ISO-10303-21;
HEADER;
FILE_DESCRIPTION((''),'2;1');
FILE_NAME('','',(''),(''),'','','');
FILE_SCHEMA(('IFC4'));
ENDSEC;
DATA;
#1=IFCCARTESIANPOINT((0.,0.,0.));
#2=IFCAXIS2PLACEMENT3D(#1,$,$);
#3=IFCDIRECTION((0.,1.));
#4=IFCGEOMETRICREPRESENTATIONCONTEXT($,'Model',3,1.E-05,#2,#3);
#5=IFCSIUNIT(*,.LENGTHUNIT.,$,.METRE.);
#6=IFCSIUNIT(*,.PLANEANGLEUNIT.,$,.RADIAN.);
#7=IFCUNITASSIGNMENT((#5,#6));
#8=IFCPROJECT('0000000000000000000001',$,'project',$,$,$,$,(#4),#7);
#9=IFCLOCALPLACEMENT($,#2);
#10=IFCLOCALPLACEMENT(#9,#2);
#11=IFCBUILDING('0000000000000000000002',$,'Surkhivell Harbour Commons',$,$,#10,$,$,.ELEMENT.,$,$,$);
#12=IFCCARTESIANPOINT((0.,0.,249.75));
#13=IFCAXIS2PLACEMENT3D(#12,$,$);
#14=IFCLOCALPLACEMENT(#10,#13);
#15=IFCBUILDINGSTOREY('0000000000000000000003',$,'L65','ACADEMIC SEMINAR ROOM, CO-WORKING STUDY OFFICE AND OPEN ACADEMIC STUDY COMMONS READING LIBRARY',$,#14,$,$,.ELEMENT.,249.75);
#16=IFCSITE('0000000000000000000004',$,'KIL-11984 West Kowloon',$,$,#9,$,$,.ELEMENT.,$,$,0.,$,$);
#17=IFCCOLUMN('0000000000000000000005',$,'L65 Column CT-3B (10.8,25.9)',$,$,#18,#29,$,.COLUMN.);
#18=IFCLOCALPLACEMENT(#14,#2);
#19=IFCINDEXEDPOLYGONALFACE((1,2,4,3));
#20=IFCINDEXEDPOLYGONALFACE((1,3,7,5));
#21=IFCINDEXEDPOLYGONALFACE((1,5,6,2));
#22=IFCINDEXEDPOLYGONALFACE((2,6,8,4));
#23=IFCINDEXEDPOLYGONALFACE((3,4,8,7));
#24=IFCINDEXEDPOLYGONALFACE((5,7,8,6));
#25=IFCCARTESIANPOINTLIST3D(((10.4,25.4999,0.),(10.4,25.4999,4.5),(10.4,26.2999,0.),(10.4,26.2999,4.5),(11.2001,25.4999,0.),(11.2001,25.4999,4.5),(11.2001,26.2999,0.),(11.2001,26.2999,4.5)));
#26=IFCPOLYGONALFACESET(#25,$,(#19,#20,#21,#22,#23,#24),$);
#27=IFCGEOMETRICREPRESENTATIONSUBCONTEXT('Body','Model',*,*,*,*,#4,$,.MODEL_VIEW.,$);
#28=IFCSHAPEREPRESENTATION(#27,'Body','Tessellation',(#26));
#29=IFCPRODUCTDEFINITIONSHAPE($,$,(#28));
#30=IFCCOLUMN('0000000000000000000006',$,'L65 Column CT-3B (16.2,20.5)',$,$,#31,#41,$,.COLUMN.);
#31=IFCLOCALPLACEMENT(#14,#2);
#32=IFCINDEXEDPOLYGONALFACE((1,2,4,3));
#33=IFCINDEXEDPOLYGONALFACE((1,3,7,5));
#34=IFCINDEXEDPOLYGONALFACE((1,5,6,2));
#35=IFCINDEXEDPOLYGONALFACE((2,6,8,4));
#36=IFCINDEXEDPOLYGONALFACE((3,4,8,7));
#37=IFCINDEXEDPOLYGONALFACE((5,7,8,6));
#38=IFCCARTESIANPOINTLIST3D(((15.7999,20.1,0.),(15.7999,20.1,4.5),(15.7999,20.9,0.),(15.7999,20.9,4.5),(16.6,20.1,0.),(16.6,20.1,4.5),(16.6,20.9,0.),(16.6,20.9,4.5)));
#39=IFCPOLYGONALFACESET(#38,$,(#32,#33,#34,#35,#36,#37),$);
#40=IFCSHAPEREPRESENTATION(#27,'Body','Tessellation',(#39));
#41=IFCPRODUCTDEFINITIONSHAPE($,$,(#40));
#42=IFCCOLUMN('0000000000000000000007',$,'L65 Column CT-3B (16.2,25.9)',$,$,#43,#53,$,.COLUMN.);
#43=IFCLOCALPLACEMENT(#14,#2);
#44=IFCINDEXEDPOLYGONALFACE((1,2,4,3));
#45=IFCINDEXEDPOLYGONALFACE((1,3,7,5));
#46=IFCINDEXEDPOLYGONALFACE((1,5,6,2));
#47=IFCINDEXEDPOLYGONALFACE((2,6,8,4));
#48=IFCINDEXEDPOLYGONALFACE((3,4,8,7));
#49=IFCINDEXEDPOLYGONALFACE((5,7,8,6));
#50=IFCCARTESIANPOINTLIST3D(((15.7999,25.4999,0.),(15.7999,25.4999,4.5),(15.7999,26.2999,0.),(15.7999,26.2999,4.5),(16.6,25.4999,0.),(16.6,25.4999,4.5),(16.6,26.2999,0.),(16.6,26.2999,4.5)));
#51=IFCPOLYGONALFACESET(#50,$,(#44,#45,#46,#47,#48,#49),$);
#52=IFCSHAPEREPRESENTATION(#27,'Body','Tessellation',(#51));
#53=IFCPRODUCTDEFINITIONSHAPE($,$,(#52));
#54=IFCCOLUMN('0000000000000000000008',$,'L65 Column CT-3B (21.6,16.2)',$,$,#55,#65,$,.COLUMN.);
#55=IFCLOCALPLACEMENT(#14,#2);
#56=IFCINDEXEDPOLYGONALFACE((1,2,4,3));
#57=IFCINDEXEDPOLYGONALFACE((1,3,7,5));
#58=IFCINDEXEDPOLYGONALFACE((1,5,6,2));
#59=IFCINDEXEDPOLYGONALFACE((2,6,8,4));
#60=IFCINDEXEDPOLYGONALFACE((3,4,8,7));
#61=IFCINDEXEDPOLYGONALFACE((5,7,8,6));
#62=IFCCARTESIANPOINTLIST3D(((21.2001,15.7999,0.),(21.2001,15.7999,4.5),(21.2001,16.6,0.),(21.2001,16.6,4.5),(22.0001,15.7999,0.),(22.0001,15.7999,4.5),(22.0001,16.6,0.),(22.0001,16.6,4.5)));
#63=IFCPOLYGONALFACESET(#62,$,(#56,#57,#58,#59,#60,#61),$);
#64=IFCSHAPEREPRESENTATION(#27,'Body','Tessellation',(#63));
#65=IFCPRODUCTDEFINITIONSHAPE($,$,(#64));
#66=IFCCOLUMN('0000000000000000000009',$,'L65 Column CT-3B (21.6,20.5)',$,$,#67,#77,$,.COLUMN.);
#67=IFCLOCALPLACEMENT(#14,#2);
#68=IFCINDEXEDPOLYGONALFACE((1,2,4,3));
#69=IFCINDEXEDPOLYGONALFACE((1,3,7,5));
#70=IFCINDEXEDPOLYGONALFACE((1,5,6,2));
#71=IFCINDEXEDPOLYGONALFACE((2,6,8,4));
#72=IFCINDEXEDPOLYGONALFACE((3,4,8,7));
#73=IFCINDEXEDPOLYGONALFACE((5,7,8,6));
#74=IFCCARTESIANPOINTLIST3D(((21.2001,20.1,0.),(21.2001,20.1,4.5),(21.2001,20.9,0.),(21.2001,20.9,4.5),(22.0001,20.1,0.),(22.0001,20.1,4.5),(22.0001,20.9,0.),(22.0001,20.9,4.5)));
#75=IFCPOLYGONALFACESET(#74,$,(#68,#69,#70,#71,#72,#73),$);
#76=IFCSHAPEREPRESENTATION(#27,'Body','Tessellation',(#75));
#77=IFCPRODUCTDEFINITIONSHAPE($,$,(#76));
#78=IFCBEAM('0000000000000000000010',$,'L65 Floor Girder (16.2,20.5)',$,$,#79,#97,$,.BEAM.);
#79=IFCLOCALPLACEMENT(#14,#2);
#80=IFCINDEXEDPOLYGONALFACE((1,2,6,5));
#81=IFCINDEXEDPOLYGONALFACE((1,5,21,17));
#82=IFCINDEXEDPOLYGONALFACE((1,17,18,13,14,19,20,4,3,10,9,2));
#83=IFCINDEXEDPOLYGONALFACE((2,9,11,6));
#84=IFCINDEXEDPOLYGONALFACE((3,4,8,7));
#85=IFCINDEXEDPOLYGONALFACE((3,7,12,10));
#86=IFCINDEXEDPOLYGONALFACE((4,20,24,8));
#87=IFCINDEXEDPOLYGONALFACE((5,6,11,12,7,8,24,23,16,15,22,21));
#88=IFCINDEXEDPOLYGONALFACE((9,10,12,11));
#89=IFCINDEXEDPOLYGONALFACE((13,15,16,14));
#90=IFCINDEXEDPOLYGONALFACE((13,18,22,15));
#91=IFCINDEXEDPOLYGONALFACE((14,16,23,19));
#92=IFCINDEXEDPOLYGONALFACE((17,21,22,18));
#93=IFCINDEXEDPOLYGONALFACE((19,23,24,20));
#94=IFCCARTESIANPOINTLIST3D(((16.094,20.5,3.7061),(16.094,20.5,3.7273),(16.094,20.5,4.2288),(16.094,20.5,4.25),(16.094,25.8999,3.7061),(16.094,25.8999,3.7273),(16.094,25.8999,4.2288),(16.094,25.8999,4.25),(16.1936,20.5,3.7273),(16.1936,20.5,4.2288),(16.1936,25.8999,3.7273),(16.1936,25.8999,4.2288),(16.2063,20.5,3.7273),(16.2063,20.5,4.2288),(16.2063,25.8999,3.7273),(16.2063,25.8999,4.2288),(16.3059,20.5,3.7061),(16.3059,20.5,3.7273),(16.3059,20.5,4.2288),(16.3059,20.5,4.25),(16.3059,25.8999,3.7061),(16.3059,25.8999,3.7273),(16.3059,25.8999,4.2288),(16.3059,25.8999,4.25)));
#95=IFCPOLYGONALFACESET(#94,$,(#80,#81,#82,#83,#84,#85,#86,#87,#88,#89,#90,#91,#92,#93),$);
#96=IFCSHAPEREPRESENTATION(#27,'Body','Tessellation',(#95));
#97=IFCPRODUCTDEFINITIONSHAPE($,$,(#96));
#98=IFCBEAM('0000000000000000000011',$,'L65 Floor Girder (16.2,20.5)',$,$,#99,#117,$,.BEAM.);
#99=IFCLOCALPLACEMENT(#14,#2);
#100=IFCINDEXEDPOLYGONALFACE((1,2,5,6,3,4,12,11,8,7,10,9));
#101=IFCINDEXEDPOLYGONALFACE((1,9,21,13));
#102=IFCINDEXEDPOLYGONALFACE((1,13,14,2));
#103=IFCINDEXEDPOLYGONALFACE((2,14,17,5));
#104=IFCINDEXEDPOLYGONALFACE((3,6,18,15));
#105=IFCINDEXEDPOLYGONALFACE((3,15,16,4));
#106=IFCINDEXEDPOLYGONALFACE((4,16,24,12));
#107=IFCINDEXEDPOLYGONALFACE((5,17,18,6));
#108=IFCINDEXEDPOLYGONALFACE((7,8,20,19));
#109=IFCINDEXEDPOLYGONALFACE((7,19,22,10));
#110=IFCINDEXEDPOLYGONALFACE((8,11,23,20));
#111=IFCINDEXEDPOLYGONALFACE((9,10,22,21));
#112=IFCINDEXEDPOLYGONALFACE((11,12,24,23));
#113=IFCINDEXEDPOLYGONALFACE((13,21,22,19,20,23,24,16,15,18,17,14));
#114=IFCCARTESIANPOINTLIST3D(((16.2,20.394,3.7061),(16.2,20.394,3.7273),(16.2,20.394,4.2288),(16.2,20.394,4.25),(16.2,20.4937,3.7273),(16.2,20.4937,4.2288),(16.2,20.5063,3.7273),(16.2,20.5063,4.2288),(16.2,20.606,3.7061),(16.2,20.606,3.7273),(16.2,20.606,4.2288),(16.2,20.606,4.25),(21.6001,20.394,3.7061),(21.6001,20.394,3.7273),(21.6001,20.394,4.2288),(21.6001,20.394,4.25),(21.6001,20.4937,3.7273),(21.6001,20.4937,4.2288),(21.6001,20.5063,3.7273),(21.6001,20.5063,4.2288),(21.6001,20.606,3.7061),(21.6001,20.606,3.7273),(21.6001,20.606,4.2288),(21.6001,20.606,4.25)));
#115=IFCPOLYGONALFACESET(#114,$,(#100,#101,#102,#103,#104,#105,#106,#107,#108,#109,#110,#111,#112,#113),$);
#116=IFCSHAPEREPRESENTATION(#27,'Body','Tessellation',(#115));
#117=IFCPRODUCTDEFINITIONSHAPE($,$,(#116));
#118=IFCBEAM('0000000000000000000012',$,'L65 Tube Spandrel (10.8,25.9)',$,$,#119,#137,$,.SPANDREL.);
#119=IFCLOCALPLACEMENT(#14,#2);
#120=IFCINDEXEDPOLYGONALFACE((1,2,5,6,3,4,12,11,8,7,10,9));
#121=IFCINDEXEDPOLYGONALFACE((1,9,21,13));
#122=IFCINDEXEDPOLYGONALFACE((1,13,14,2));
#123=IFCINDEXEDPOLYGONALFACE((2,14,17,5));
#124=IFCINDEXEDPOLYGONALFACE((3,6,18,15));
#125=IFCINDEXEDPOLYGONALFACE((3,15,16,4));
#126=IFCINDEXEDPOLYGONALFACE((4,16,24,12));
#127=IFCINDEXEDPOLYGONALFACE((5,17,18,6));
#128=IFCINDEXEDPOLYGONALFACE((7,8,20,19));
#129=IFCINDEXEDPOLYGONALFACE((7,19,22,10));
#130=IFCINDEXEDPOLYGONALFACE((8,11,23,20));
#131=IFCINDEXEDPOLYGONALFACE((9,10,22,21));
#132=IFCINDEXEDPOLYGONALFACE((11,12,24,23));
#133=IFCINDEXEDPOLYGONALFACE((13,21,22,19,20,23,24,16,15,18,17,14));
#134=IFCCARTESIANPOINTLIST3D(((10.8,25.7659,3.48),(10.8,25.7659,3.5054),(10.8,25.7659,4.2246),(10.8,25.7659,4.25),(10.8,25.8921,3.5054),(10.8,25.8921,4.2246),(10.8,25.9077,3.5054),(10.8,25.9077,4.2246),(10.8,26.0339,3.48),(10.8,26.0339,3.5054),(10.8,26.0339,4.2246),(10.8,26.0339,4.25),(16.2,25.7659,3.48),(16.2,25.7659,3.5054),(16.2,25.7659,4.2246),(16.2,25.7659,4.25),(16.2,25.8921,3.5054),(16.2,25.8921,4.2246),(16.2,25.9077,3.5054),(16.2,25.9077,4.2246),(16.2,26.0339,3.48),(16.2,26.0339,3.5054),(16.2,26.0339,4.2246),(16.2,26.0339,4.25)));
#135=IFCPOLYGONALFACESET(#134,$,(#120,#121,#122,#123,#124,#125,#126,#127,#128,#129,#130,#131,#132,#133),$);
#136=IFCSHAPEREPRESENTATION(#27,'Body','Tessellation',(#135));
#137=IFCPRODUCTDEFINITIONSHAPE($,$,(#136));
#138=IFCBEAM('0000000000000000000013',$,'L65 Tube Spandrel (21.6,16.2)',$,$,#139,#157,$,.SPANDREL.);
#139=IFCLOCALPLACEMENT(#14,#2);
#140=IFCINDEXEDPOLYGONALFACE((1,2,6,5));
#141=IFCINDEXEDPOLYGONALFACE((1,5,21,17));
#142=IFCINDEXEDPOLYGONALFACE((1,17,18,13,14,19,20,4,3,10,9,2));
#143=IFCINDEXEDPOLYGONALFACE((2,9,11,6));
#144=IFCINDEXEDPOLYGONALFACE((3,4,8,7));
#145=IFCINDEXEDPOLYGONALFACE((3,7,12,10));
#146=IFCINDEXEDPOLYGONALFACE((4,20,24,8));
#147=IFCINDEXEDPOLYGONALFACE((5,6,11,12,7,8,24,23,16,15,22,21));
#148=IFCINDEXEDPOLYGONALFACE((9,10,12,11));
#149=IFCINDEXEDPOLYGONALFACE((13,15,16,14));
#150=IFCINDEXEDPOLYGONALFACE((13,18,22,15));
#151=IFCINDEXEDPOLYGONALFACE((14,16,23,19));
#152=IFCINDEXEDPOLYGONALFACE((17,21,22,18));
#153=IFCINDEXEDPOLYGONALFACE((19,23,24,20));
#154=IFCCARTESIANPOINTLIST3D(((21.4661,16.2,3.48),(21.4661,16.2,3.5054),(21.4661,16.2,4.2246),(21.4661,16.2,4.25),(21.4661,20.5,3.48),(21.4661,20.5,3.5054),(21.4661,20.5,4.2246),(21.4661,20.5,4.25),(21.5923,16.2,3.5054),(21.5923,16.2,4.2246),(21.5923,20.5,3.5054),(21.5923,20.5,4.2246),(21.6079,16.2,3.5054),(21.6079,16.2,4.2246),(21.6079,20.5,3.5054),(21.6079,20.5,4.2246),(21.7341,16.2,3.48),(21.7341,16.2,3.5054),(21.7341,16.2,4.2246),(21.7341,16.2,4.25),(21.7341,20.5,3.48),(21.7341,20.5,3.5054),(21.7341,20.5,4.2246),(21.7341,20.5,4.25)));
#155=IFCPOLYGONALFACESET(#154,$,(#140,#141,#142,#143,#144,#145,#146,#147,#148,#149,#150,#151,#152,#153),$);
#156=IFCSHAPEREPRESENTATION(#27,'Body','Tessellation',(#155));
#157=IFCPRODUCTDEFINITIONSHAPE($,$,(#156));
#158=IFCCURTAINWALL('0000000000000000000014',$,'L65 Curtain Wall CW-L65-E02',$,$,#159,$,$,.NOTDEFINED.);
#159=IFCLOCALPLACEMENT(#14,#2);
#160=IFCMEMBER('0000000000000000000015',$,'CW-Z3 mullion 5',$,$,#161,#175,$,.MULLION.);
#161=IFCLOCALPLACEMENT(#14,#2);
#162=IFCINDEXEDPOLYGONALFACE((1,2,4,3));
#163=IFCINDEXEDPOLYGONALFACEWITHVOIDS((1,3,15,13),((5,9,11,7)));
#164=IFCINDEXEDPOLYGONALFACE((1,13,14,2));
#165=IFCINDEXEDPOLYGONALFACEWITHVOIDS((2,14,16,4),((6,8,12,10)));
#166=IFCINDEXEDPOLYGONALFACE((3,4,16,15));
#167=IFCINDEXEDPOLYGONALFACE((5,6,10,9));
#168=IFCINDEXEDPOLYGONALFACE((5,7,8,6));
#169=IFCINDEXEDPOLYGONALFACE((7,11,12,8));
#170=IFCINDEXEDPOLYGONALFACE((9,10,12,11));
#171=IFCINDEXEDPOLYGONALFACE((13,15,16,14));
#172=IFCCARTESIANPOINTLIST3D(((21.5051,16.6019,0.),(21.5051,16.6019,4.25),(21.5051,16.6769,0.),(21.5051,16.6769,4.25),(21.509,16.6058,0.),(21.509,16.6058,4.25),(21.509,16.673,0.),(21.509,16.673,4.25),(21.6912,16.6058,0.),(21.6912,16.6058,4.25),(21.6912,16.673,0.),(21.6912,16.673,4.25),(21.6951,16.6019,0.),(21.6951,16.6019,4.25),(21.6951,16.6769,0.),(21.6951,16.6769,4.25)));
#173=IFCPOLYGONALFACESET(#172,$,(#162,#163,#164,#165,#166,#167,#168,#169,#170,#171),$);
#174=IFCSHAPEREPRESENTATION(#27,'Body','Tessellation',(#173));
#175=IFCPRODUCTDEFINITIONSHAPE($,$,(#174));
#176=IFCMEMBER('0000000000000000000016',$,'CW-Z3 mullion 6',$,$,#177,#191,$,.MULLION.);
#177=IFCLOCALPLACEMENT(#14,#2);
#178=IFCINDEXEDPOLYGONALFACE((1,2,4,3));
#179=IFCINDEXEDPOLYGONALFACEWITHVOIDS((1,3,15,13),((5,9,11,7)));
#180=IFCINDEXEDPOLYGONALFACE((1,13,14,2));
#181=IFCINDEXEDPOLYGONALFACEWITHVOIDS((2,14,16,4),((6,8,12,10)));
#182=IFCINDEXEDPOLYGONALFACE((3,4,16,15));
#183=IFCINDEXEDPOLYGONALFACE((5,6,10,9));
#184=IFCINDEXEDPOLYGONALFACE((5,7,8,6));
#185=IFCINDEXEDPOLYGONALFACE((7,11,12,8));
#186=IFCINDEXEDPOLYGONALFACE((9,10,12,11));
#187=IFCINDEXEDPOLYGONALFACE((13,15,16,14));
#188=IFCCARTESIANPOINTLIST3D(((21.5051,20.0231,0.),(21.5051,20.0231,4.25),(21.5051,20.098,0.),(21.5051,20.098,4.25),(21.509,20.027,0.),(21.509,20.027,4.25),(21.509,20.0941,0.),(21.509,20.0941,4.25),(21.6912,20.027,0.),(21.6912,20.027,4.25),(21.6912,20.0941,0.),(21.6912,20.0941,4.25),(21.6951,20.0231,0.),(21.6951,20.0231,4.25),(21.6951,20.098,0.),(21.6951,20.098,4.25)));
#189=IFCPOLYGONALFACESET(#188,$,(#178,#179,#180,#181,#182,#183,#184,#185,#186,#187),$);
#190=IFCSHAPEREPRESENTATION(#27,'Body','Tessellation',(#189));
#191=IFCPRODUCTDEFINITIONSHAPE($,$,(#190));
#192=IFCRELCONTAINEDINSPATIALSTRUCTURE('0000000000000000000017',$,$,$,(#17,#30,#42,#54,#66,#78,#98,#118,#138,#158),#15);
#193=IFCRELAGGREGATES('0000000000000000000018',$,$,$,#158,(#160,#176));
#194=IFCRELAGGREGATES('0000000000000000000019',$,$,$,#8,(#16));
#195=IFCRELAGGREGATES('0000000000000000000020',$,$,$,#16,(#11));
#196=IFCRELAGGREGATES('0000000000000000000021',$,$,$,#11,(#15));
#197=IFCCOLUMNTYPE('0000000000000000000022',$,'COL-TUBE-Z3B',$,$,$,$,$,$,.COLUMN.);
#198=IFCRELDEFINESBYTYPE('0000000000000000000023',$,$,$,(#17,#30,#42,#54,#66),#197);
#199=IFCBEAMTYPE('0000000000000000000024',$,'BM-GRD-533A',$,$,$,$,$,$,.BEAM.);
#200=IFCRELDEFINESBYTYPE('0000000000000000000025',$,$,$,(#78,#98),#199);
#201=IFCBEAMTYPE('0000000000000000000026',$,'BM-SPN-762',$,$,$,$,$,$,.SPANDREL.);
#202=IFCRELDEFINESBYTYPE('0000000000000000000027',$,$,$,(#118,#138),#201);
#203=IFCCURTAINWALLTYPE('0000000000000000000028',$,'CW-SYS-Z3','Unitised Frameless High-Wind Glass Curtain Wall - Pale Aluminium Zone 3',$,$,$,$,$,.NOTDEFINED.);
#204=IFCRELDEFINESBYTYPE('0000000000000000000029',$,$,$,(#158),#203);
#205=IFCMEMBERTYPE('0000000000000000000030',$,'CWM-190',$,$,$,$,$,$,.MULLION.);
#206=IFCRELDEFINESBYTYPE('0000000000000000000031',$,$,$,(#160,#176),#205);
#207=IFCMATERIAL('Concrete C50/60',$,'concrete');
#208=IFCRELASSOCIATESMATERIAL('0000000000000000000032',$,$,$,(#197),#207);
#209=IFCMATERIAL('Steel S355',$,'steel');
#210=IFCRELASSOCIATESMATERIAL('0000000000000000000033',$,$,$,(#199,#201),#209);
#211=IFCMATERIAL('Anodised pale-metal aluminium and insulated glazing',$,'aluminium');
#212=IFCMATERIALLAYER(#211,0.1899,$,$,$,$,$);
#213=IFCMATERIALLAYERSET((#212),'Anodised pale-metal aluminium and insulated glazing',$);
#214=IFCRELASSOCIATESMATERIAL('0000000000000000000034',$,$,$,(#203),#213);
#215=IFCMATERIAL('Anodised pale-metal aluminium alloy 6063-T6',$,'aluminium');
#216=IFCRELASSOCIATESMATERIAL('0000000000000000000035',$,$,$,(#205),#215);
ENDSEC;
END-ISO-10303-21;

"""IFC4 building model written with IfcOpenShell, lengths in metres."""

from ifc_helpers import new_model, si_unit, direction, frame, origin, origin_2d, place, context, subcontext, project, spatial, rectangle, hollow_rectangle, i_section, extrude, material, layer, layer_set, material_profile, profile_set, type_object, element, aggregate, save


model = new_model("IFC4")

# Units and contexts
model_context = context("Model", 3, precision=1e-05, world=origin(), true_north=direction((0.0, 1.0)))
body_context = subcontext(model_context, "Body", "Model", "MODEL_VIEW")
ifc_project = project(units=[si_unit("LENGTHUNIT", "METRE"), si_unit("PLANEANGLEUNIT", "RADIAN")], contexts=[model_context])

# Site, building, storey
site_placement = place(None, origin())
site = spatial("IfcSite", under=ifc_project, at=site_placement, Name="KIL-11984 West Kowloon", CompositionType="ELEMENT", RefElevation=0.0)
building_placement = place(site_placement, origin())
building = spatial("IfcBuilding", under=site, at=building_placement, Name="Surkhivell Harbour Commons", CompositionType="ELEMENT")
storey_placement = place(building_placement, frame((0.0, 0.0, 249.75)))
storey = spatial("IfcBuildingStorey", under=building, at=storey_placement, Name="L65", Description="ACADEMIC SEMINAR ROOM, CO-WORKING STUDY OFFICE AND OPEN ACADEMIC STUDY COMMONS READING LIBRARY", CompositionType="ELEMENT", Elevation=249.75)

# Columns
ifc_material_1 = material(Name="Concrete C50/60", Category="concrete")
ifc_material_profile_1 = material_profile(ifc_material_1, rectangle(XDim=0.8, YDim=0.8, at=origin_2d()), Name="RC-COL-800x800")
ifc_profile_set_1 = profile_set([ifc_material_profile_1], Name="Concrete C50/60")
column_type = type_object("IfcColumnType", Name="COL-TUBE-Z3B", PredefinedType="COLUMN", material=ifc_profile_set_1)
for number, where, z_axis, x_axis, name in (
    (1, (10.8, 25.8999, 0.0), (0.0, 0.0, 1.0), (1.0, 0.0, 0.0), "L65 Column CT-3B (10.8,25.9)"),
    (2, (16.2, 20.5, 0.0), (0.0, 0.0, 1.0), (1.0, 0.0, 0.0), "L65 Column CT-3B (16.2,20.5)"),
    (3, (16.2, 25.8999, 0.0), (0.0, 0.0, 1.0), (1.0, 0.0, 0.0), "L65 Column CT-3B (16.2,25.9)"),
    (4, (21.6001, 16.2, 0.0), (0.0, 0.0, 1.0), (1.0, 0.0, 0.0), "L65 Column CT-3B (21.6,16.2)"),
    (5, (21.6001, 20.5, 0.0), (0.0, 0.0, 1.0), (1.0, 0.0, 0.0), "L65 Column CT-3B (21.6,20.5)"),
):
    element("IfcColumn", number, at=place(storey_placement, frame(where, z_axis=z_axis, x_axis=x_axis)), inside=storey, type_object=column_type, Name=name, PredefinedType="COLUMN", context=body_context, shape_type="SweptSolid", body=[
        extrude(rectangle(XDim=0.8, YDim=0.8, at=origin_2d()), origin(), (0.0, 0.0, 1.0), 4.5),
    ])

# Beams
ifc_material_2 = material(Name="Steel S355", Category="steel")
ifc_material_profile_2 = material_profile(ifc_material_2, i_section(OverallWidth=0.2119, OverallDepth=0.5439, WebThickness=0.0127, FlangeThickness=0.0212, at=origin_2d()), Name="UB533x210x122")
ifc_profile_set_2 = profile_set([ifc_material_profile_2], Name="Steel S355")
beam_type_1 = type_object("IfcBeamType", Name="BM-GRD-533A", PredefinedType="BEAM", material=ifc_profile_set_2)
beam_1_placement = place(storey_placement, frame((16.2, 20.5, 3.978), z_axis=(0.0, 1.0, 0.0), x_axis=(-1.0, 0.0, 0.0)))
element("IfcBeam", 6, at=beam_1_placement, inside=storey, type_object=beam_type_1, Name="L65 Floor Girder (16.2,20.5)", PredefinedType="BEAM", context=body_context, shape_type="SweptSolid", body=[
    extrude(i_section(OverallWidth=0.2119, OverallDepth=0.5439, WebThickness=0.0127, FlangeThickness=0.0212, at=origin_2d()), origin(), (0.0, 0.0, 1.0), 5.3999),
])
beam_2_placement = place(storey_placement, frame((16.2, 20.5, 3.978), z_axis=(1.0, 0.0, 0.0), x_axis=(0.0, 1.0, 0.0)))
element("IfcBeam", 7, at=beam_2_placement, inside=storey, type_object=beam_type_1, Name="L65 Floor Girder (16.2,20.5)", PredefinedType="BEAM", context=body_context, shape_type="SweptSolid", body=[
    extrude(i_section(OverallWidth=0.2119, OverallDepth=0.5439, WebThickness=0.0127, FlangeThickness=0.0212, at=origin_2d()), origin(), (0.0, 0.0, 1.0), 5.4001),
])
ifc_material_profile_3 = material_profile(ifc_material_2, i_section(OverallWidth=0.2681, OverallDepth=0.77, WebThickness=0.0156, FlangeThickness=0.0254, at=origin_2d()), Name="UB762x267x197")
ifc_profile_set_3 = profile_set([ifc_material_profile_3], Name="Steel S355")
beam_type_2 = type_object("IfcBeamType", Name="BM-SPN-762", PredefinedType="SPANDREL", material=ifc_profile_set_3)
beam_3_placement = place(storey_placement, frame((10.8, 25.8999, 3.865), z_axis=(1.0, 0.0, 0.0), x_axis=(0.0, 1.0, 0.0)))
element("IfcBeam", 8, at=beam_3_placement, inside=storey, type_object=beam_type_2, Name="L65 Tube Spandrel (10.8,25.9)", PredefinedType="SPANDREL", context=body_context, shape_type="SweptSolid", body=[
    extrude(i_section(OverallWidth=0.2681, OverallDepth=0.77, WebThickness=0.0156, FlangeThickness=0.0254, at=origin_2d()), origin(), (0.0, 0.0, 1.0), 5.3999),
])
beam_4_placement = place(storey_placement, frame((21.6001, 16.2, 3.865), z_axis=(0.0, 1.0, 0.0), x_axis=(-1.0, 0.0, 0.0)))
element("IfcBeam", 9, at=beam_4_placement, inside=storey, type_object=beam_type_2, Name="L65 Tube Spandrel (21.6,16.2)", PredefinedType="SPANDREL", context=body_context, shape_type="SweptSolid", body=[
    extrude(i_section(OverallWidth=0.2681, OverallDepth=0.77, WebThickness=0.0156, FlangeThickness=0.0254, at=origin_2d()), origin(), (0.0, 0.0, 1.0), 4.3),
])

# Curtain wall, members
ifc_material_3 = material(Name="Anodised pale-metal aluminium and insulated glazing", Category="aluminium")
ifc_layer_1 = layer(ifc_material_3, 0.1899)
ifc_layer_set_1 = layer_set([ifc_layer_1], Name="Anodised pale-metal aluminium and insulated glazing")
curtain_wall_type = type_object("IfcCurtainWallType", Name="CW-SYS-Z3", Description="Unitised Frameless High-Wind Glass Curtain Wall - Pale Aluminium Zone 3", PredefinedType="NOTDEFINED", material=ifc_layer_set_1)
curtain_wall_1_placement = place(storey_placement, origin())
curtain_wall_1 = element("IfcCurtainWall", 10, at=curtain_wall_1_placement, inside=storey, type_object=curtain_wall_type, Name="L65 Curtain Wall CW-L65-E02", PredefinedType="NOTDEFINED")
ifc_material_4 = material(Name="Anodised pale-metal aluminium alloy 6063-T6", Category="aluminium")
ifc_material_profile_4 = material_profile(ifc_material_4, hollow_rectangle(XDim=0.075, YDim=0.1899, WallThickness=0.0039, at=origin_2d()), Name="ALU-MULL-75x190")
ifc_profile_set_4 = profile_set([ifc_material_profile_4], Name="Anodised pale-metal aluminium alloy 6063-T6")
member_type_1 = type_object("IfcMemberType", Name="CWM-190", PredefinedType="MULLION", material=ifc_profile_set_4)
member_1_placement = place(storey_placement, frame((21.6001, 16.6394, 0.0), z_axis=(0.0, 0.0, 1.0), x_axis=(0.0, 1.0, 0.0)))
member_1 = element("IfcMember", 11, at=member_1_placement, type_object=member_type_1, Name="CW-Z3 mullion 5", PredefinedType="MULLION", context=body_context, shape_type="SweptSolid", body=[
    extrude(hollow_rectangle(XDim=0.075, YDim=0.1899, WallThickness=0.0039, at=origin_2d()), origin(), (0.0, 0.0, 1.0), 4.25),
])
member_2_placement = place(storey_placement, frame((21.6001, 20.0605, 0.0), z_axis=(0.0, 0.0, 1.0), x_axis=(0.0, 1.0, 0.0)))
member_2 = element("IfcMember", 12, at=member_2_placement, type_object=member_type_1, Name="CW-Z3 mullion 6", PredefinedType="MULLION", context=body_context, shape_type="SweptSolid", body=[
    extrude(hollow_rectangle(XDim=0.075, YDim=0.1899, WallThickness=0.0039, at=origin_2d()), origin(), (0.0, 0.0, 1.0), 4.25),
])

aggregate(curtain_wall_1, [member_1, member_2])

save(model, "model.ifc")
